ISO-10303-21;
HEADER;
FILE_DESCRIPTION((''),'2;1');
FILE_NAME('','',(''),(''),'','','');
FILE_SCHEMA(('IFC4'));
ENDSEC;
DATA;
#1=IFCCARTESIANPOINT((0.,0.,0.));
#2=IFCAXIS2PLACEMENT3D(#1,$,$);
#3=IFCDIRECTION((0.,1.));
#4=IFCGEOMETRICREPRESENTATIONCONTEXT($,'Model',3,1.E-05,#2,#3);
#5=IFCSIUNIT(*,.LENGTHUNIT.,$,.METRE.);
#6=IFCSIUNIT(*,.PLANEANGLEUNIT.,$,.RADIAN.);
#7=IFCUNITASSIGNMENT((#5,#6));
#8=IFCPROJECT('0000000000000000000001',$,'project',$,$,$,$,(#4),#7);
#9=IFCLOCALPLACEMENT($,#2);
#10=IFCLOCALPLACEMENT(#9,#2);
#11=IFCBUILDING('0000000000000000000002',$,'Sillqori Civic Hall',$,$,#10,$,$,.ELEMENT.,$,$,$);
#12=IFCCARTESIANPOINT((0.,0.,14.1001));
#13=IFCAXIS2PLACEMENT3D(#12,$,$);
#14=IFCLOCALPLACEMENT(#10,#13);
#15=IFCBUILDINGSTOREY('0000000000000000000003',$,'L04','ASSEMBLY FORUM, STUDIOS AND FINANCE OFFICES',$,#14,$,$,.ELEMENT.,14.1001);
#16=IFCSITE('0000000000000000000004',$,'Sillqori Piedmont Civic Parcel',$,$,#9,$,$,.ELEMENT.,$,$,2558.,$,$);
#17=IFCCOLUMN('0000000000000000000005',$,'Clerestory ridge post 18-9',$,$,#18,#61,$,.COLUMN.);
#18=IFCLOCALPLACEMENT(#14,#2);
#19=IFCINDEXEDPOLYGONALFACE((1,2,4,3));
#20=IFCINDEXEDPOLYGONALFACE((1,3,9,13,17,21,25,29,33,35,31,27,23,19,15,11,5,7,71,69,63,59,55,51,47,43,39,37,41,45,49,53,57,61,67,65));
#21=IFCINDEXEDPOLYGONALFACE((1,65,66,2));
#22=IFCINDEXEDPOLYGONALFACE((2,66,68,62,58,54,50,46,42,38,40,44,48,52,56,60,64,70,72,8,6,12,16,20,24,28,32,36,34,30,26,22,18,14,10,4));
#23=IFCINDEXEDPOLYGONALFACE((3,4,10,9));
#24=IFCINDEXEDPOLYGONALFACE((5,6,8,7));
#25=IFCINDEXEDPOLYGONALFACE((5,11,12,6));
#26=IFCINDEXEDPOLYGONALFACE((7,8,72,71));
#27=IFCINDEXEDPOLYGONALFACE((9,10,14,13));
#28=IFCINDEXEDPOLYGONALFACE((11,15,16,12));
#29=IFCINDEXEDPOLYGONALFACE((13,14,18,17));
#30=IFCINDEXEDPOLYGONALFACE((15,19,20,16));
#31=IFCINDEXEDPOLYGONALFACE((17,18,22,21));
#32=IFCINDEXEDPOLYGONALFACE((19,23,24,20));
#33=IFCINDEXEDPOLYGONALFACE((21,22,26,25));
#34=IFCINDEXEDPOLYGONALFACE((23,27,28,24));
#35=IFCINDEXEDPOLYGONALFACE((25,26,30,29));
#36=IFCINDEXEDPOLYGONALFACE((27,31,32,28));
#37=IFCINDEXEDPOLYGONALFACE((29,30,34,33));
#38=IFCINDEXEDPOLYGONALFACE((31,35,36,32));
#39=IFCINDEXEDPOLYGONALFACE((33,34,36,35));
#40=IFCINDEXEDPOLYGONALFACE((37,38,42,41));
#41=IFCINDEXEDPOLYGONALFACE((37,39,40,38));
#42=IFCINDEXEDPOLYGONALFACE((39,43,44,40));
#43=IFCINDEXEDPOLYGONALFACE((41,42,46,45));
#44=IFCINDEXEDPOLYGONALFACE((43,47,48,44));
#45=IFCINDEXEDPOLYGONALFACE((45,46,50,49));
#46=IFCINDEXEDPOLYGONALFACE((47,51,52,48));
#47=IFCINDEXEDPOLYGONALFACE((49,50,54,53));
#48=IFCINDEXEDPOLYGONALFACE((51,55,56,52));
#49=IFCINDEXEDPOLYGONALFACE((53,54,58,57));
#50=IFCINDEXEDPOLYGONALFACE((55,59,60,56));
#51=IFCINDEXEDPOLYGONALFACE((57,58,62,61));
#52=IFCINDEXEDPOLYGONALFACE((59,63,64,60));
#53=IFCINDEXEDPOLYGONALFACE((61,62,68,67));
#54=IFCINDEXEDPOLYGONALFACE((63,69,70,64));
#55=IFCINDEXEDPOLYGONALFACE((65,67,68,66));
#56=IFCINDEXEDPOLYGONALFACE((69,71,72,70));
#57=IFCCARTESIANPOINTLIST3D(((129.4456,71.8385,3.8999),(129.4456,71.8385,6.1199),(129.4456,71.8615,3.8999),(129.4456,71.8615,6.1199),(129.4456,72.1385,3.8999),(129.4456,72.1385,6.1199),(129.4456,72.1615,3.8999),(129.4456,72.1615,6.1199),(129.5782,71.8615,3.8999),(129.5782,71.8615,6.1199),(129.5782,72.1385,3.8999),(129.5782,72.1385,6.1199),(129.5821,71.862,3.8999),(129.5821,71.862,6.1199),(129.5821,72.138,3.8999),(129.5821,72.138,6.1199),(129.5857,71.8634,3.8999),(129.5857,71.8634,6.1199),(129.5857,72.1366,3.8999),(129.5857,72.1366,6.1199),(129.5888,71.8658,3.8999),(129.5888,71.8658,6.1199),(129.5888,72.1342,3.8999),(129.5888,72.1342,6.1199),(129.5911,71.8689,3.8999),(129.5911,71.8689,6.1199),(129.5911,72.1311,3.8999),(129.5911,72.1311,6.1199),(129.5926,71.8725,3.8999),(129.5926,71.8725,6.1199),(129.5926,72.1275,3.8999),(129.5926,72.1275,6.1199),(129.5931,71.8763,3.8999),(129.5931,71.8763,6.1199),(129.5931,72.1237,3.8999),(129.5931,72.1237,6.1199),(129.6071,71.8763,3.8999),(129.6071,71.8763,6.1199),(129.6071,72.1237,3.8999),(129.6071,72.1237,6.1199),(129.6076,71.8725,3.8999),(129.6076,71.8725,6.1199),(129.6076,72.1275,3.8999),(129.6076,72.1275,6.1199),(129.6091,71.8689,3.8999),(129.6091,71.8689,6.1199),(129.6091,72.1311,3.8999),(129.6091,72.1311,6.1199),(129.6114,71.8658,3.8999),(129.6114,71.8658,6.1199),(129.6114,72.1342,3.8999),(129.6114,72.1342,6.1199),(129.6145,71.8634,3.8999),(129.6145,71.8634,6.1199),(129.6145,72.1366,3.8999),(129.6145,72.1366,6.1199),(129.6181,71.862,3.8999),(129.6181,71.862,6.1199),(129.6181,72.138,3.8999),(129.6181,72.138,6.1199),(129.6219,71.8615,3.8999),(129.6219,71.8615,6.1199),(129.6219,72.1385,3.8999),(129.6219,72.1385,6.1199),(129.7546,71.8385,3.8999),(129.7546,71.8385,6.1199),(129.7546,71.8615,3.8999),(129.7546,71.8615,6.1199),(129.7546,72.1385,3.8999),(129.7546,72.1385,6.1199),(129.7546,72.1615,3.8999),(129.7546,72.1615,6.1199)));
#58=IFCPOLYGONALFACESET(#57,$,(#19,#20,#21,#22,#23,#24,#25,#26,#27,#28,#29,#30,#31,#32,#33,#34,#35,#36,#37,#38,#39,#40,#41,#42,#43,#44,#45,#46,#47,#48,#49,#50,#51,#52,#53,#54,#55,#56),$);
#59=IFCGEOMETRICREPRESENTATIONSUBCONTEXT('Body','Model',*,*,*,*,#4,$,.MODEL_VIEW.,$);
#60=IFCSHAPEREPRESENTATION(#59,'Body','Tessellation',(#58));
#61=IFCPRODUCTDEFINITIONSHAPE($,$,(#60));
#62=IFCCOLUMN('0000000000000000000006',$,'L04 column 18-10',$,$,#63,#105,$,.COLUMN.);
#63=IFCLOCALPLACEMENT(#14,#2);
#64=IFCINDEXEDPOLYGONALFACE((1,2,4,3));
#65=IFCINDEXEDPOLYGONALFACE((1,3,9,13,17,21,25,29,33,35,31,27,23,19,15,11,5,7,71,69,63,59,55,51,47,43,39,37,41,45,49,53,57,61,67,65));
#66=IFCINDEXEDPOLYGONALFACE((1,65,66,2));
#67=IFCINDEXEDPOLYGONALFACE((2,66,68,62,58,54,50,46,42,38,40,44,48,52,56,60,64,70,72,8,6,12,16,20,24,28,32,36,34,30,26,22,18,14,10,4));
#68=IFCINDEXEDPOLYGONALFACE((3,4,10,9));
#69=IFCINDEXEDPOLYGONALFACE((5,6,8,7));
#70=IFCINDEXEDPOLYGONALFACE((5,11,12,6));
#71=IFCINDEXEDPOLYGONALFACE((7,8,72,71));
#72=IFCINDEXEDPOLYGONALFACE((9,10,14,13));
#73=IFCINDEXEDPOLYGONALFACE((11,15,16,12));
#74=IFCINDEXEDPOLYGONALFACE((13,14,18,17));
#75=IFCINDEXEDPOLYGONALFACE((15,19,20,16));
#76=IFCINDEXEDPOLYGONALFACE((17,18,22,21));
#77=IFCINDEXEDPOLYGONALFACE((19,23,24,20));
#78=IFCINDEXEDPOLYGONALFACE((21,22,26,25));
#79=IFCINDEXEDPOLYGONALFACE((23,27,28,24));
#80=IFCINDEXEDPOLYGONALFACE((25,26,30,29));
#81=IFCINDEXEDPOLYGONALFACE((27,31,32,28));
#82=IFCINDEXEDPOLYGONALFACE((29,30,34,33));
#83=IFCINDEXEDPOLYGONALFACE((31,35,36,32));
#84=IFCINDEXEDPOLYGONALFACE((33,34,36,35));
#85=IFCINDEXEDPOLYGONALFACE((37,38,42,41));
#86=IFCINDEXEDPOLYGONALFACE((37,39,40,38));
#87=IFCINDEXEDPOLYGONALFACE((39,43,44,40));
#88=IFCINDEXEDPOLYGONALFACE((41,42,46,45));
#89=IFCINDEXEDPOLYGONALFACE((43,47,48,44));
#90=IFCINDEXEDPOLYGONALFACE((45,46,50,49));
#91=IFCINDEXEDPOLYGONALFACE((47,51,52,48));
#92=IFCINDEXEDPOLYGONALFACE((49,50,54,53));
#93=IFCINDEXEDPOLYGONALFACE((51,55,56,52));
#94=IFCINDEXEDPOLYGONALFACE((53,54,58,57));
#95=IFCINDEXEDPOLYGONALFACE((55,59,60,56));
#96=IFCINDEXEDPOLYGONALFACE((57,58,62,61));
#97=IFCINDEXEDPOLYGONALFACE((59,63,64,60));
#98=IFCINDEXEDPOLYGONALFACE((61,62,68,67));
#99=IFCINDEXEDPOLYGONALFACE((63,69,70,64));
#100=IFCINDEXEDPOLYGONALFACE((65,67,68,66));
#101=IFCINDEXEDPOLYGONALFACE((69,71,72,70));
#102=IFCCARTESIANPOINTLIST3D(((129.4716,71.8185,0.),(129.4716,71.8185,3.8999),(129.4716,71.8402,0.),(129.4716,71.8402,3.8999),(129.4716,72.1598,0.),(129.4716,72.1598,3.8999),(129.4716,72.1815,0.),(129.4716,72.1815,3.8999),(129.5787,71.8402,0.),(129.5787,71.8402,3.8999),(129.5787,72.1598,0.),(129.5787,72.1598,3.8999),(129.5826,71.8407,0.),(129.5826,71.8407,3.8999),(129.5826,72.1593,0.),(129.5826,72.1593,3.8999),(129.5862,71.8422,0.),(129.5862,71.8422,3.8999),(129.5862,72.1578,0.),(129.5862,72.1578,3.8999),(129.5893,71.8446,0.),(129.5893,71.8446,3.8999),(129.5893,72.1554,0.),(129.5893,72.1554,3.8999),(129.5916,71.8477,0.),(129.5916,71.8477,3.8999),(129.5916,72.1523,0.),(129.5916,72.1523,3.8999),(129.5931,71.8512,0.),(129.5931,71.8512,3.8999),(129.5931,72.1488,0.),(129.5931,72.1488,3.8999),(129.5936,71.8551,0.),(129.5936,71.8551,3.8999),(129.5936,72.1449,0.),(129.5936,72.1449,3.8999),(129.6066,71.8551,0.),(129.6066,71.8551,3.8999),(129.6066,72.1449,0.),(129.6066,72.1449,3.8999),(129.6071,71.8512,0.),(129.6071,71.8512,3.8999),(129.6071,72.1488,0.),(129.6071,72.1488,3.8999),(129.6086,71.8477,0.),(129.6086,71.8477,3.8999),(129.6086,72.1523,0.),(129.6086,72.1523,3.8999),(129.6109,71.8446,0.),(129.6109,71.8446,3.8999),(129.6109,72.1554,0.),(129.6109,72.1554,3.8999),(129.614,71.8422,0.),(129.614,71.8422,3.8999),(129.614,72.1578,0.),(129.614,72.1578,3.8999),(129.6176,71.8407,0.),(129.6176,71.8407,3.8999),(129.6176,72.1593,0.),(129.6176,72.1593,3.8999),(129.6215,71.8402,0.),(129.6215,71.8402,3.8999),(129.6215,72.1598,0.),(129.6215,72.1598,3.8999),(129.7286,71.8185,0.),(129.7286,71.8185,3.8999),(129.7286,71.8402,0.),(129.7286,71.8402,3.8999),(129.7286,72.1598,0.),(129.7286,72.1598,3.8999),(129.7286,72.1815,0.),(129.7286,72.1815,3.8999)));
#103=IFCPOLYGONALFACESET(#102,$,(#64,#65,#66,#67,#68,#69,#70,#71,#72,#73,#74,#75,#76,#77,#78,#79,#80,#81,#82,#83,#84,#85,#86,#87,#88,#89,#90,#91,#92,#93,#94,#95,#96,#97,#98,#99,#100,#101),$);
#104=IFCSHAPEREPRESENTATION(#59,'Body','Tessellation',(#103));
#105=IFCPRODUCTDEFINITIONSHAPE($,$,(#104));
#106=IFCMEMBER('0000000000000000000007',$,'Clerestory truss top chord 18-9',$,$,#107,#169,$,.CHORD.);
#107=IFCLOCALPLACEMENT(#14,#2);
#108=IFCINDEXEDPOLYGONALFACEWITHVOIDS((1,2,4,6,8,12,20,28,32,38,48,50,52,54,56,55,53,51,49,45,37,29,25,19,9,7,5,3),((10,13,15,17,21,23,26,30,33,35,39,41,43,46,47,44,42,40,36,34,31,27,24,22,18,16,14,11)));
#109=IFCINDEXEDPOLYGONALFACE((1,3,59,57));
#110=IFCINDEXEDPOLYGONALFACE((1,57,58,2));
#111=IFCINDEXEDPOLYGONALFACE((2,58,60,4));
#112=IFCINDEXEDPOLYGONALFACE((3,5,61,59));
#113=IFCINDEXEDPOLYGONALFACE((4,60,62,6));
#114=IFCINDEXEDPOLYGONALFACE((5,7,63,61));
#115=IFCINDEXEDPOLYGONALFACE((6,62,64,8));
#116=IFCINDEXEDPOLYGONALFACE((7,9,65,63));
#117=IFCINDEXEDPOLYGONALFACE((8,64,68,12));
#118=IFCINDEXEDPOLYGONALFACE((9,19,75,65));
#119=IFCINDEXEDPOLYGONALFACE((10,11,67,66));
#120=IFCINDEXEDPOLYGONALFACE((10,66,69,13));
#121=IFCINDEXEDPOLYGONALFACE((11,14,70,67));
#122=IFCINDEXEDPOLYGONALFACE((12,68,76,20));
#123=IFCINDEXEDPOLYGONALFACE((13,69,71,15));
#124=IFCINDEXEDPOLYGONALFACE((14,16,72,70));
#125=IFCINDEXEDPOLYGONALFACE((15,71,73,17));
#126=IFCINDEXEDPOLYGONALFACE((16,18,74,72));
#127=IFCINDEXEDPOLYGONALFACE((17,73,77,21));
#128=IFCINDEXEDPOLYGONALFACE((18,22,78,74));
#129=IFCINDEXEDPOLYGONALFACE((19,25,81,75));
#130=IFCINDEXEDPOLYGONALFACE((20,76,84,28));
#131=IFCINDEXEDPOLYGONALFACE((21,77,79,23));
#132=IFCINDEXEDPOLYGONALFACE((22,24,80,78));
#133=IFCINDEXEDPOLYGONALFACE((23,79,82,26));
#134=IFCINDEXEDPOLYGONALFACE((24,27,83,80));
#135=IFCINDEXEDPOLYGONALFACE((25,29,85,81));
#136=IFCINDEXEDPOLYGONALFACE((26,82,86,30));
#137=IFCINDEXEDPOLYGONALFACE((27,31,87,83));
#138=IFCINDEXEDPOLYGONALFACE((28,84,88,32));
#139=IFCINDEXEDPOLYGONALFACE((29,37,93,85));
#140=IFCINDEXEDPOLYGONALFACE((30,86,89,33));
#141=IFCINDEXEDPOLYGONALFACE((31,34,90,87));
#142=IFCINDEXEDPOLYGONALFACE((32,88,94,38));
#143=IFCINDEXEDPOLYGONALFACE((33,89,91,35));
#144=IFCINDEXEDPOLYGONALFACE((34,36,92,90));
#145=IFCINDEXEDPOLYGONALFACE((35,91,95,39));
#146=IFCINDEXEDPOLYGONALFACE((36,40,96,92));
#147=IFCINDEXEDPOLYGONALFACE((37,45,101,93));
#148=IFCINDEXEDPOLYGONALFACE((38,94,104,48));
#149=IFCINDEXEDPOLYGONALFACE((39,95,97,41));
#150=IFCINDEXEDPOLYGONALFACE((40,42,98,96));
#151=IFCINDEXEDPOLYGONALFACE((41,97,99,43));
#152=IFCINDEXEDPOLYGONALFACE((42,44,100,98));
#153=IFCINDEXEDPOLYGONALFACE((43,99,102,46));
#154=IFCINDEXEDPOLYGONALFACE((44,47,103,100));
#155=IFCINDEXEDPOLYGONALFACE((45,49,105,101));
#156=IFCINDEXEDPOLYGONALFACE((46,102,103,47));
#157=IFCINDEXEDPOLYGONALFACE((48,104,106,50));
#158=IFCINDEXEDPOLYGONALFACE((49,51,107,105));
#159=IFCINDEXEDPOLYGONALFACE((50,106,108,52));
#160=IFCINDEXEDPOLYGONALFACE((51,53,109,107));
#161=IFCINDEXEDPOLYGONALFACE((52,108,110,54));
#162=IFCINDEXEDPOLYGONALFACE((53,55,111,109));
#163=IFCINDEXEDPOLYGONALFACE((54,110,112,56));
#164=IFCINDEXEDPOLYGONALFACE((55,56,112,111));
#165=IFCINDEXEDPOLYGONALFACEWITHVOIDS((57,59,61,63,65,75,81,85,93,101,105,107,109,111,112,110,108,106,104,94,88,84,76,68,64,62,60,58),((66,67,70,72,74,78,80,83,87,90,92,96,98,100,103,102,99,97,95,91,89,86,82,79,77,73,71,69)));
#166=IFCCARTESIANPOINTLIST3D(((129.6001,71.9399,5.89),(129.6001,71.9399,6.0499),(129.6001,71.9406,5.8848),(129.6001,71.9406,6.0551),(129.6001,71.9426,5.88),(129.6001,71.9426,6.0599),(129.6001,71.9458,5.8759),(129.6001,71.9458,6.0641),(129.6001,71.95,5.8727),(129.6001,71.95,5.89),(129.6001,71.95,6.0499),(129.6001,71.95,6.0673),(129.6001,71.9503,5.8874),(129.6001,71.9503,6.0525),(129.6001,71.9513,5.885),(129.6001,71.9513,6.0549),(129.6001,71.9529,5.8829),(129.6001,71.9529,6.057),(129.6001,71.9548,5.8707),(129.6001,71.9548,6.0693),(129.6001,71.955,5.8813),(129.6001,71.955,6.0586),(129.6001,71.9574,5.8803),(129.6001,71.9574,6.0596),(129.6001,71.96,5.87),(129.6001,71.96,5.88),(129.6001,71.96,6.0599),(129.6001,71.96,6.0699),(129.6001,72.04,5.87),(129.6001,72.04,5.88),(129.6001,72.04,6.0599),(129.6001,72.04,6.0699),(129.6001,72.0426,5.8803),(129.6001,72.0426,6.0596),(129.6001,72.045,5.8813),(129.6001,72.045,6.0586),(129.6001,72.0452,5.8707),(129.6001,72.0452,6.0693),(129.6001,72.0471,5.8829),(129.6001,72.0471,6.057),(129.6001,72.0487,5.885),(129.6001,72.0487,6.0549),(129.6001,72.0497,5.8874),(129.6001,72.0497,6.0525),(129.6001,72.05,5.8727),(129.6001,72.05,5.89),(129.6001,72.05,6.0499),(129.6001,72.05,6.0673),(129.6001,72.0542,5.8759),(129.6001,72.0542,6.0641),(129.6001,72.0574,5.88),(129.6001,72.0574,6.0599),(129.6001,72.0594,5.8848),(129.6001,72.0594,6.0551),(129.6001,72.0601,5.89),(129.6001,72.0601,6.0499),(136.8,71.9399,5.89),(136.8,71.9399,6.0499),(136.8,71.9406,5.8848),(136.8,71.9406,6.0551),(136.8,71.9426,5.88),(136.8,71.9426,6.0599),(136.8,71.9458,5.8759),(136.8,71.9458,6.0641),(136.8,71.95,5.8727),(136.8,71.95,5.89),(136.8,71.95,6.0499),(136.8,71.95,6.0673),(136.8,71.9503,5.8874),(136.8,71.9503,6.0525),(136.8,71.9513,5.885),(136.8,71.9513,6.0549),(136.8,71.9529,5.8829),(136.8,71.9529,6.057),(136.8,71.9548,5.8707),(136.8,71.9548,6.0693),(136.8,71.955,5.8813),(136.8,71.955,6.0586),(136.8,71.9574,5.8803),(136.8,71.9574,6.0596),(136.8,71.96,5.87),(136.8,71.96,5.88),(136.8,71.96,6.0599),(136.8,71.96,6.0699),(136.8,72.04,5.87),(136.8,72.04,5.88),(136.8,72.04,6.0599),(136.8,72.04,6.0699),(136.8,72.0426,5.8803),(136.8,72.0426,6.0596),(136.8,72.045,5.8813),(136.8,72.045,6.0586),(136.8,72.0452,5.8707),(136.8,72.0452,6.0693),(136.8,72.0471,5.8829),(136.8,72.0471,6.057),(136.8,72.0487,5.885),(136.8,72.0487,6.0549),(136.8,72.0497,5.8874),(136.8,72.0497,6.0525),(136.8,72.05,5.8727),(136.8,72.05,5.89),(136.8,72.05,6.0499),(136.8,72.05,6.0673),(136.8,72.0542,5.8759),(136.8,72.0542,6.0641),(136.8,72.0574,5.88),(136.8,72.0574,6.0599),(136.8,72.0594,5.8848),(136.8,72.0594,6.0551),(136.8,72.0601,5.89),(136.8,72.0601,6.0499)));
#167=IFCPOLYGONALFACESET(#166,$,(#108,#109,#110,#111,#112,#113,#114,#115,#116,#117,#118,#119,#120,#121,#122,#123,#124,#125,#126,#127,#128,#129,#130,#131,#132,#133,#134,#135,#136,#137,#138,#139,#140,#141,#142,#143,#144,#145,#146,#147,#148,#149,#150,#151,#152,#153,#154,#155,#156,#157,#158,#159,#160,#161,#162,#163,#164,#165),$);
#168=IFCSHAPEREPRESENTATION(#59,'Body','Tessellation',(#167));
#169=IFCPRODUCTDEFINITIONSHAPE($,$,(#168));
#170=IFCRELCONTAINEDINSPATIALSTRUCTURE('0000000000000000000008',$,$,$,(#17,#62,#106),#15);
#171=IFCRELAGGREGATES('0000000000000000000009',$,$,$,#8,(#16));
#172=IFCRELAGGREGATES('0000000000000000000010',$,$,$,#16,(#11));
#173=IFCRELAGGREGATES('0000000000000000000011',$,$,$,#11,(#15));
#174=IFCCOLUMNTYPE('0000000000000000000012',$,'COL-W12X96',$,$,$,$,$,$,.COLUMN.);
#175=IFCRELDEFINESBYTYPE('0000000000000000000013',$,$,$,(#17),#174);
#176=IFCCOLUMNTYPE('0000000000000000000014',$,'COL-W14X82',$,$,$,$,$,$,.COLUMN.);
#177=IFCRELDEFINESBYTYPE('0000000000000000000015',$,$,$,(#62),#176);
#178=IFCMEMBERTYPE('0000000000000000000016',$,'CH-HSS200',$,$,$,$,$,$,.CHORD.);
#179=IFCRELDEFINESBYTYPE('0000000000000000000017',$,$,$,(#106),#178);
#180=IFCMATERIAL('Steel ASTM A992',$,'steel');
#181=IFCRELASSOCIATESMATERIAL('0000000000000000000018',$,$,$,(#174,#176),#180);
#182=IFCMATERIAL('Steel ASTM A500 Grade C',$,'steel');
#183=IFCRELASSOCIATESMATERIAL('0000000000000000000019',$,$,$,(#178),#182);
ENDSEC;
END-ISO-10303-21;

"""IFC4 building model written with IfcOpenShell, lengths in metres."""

from ifc_helpers import new_model, si_unit, direction, frame, origin, origin_2d, place, context, subcontext, project, spatial, hollow_rectangle, i_section, extrude, material, material_profile, profile_set, type_object, element, save


model = new_model("IFC4")

# Units and contexts
model_context = context("Model", 3, precision=1e-05, world=origin(), true_north=direction((0.0, 1.0)))
body_context = subcontext(model_context, "Body", "Model", "MODEL_VIEW")
ifc_project = project(units=[si_unit("LENGTHUNIT", "METRE"), si_unit("PLANEANGLEUNIT", "RADIAN")], contexts=[model_context])

# Site, building, storey
site_placement = place(None, origin())
site = spatial("IfcSite", under=ifc_project, at=site_placement, Name="Sillqori Piedmont Civic Parcel", CompositionType="ELEMENT", RefElevation=2558.0)
building_placement = place(site_placement, origin())
building = spatial("IfcBuilding", under=site, at=building_placement, Name="Sillqori Civic Hall", CompositionType="ELEMENT")
storey_placement = place(building_placement, frame((0.0, 0.0, 14.1001)))
storey = spatial("IfcBuildingStorey", under=building, at=storey_placement, Name="L04", Description="ASSEMBLY FORUM, STUDIOS AND FINANCE OFFICES", CompositionType="ELEMENT", Elevation=14.1001)

# Columns
ifc_material_1 = material(Name="Steel ASTM A992", Category="steel")
ifc_material_profile_1 = material_profile(ifc_material_1, i_section(OverallWidth=0.3091, OverallDepth=0.323, WebThickness=0.0139, FlangeThickness=0.0229, FilletRadius=0.0149, at=origin_2d()), Name="W12X96")
ifc_profile_set_1 = profile_set([ifc_material_profile_1], Name="Steel ASTM A992")
column_type_1 = type_object("IfcColumnType", Name="COL-W12X96", PredefinedType="COLUMN", material=ifc_profile_set_1)
column_1_placement = place(storey_placement, frame((129.6001, 72.0, 3.8999), z_axis=(0.0, 0.0, 1.0), x_axis=(1.0, 0.0, 0.0)))
element("IfcColumn", 1, at=column_1_placement, inside=storey, type_object=column_type_1, Name="Clerestory ridge post 18-9", PredefinedType="COLUMN", context=body_context, shape_type="SweptSolid", body=[
    extrude(i_section(OverallWidth=0.3091, OverallDepth=0.323, WebThickness=0.0139, FlangeThickness=0.0229, FilletRadius=0.0149, at=origin_2d()), origin(), (0.0, 0.0, 1.0), 2.22),
])
ifc_material_profile_2 = material_profile(ifc_material_1, i_section(OverallWidth=0.2571, OverallDepth=0.363, WebThickness=0.0129, FlangeThickness=0.0217, FilletRadius=0.0149, at=origin_2d()), Name="W14X82")
ifc_profile_set_2 = profile_set([ifc_material_profile_2], Name="Steel ASTM A992")
column_type_2 = type_object("IfcColumnType", Name="COL-W14X82", PredefinedType="COLUMN", material=ifc_profile_set_2)
column_2_placement = place(storey_placement, frame((129.6001, 72.0, 0.0), z_axis=(0.0, 0.0, 1.0), x_axis=(1.0, 0.0, 0.0)))
element("IfcColumn", 2, at=column_2_placement, inside=storey, type_object=column_type_2, Name="L04 column 18-10", PredefinedType="COLUMN", context=body_context, shape_type="SweptSolid", body=[
    extrude(i_section(OverallWidth=0.2571, OverallDepth=0.363, WebThickness=0.0129, FlangeThickness=0.0217, FilletRadius=0.0149, at=origin_2d()), origin(), (0.0, 0.0, 1.0), 3.8999),
])

# Member
ifc_material_2 = material(Name="Steel ASTM A500 Grade C", Category="steel")
ifc_material_profile_3 = material_profile(ifc_material_2, hollow_rectangle(XDim=0.1201, YDim=0.2, WallThickness=0.01, InnerFilletRadius=0.01, OuterFilletRadius=0.02, at=origin_2d()), Name="HSS200X120X10")
ifc_profile_set_3 = profile_set([ifc_material_profile_3], Name="Steel ASTM A500 Grade C")
member_type_1 = type_object("IfcMemberType", Name="CH-HSS200", PredefinedType="CHORD", material=ifc_profile_set_3)
member_1_placement = place(storey_placement, frame((129.6001, 72.0, 5.97), z_axis=(1.0, 0.0, 0.0), x_axis=(0.0, 1.0, 0.0)))
element("IfcMember", 3, at=member_1_placement, inside=storey, type_object=member_type_1, Name="Clerestory truss top chord 18-9", PredefinedType="CHORD", context=body_context, shape_type="SweptSolid", body=[
    extrude(hollow_rectangle(XDim=0.1201, YDim=0.2, WallThickness=0.01, InnerFilletRadius=0.01, OuterFilletRadius=0.02, at=origin_2d()), origin(), (0.0, 0.0, 1.0), 7.2),
])

save(model, "model.ifc")
